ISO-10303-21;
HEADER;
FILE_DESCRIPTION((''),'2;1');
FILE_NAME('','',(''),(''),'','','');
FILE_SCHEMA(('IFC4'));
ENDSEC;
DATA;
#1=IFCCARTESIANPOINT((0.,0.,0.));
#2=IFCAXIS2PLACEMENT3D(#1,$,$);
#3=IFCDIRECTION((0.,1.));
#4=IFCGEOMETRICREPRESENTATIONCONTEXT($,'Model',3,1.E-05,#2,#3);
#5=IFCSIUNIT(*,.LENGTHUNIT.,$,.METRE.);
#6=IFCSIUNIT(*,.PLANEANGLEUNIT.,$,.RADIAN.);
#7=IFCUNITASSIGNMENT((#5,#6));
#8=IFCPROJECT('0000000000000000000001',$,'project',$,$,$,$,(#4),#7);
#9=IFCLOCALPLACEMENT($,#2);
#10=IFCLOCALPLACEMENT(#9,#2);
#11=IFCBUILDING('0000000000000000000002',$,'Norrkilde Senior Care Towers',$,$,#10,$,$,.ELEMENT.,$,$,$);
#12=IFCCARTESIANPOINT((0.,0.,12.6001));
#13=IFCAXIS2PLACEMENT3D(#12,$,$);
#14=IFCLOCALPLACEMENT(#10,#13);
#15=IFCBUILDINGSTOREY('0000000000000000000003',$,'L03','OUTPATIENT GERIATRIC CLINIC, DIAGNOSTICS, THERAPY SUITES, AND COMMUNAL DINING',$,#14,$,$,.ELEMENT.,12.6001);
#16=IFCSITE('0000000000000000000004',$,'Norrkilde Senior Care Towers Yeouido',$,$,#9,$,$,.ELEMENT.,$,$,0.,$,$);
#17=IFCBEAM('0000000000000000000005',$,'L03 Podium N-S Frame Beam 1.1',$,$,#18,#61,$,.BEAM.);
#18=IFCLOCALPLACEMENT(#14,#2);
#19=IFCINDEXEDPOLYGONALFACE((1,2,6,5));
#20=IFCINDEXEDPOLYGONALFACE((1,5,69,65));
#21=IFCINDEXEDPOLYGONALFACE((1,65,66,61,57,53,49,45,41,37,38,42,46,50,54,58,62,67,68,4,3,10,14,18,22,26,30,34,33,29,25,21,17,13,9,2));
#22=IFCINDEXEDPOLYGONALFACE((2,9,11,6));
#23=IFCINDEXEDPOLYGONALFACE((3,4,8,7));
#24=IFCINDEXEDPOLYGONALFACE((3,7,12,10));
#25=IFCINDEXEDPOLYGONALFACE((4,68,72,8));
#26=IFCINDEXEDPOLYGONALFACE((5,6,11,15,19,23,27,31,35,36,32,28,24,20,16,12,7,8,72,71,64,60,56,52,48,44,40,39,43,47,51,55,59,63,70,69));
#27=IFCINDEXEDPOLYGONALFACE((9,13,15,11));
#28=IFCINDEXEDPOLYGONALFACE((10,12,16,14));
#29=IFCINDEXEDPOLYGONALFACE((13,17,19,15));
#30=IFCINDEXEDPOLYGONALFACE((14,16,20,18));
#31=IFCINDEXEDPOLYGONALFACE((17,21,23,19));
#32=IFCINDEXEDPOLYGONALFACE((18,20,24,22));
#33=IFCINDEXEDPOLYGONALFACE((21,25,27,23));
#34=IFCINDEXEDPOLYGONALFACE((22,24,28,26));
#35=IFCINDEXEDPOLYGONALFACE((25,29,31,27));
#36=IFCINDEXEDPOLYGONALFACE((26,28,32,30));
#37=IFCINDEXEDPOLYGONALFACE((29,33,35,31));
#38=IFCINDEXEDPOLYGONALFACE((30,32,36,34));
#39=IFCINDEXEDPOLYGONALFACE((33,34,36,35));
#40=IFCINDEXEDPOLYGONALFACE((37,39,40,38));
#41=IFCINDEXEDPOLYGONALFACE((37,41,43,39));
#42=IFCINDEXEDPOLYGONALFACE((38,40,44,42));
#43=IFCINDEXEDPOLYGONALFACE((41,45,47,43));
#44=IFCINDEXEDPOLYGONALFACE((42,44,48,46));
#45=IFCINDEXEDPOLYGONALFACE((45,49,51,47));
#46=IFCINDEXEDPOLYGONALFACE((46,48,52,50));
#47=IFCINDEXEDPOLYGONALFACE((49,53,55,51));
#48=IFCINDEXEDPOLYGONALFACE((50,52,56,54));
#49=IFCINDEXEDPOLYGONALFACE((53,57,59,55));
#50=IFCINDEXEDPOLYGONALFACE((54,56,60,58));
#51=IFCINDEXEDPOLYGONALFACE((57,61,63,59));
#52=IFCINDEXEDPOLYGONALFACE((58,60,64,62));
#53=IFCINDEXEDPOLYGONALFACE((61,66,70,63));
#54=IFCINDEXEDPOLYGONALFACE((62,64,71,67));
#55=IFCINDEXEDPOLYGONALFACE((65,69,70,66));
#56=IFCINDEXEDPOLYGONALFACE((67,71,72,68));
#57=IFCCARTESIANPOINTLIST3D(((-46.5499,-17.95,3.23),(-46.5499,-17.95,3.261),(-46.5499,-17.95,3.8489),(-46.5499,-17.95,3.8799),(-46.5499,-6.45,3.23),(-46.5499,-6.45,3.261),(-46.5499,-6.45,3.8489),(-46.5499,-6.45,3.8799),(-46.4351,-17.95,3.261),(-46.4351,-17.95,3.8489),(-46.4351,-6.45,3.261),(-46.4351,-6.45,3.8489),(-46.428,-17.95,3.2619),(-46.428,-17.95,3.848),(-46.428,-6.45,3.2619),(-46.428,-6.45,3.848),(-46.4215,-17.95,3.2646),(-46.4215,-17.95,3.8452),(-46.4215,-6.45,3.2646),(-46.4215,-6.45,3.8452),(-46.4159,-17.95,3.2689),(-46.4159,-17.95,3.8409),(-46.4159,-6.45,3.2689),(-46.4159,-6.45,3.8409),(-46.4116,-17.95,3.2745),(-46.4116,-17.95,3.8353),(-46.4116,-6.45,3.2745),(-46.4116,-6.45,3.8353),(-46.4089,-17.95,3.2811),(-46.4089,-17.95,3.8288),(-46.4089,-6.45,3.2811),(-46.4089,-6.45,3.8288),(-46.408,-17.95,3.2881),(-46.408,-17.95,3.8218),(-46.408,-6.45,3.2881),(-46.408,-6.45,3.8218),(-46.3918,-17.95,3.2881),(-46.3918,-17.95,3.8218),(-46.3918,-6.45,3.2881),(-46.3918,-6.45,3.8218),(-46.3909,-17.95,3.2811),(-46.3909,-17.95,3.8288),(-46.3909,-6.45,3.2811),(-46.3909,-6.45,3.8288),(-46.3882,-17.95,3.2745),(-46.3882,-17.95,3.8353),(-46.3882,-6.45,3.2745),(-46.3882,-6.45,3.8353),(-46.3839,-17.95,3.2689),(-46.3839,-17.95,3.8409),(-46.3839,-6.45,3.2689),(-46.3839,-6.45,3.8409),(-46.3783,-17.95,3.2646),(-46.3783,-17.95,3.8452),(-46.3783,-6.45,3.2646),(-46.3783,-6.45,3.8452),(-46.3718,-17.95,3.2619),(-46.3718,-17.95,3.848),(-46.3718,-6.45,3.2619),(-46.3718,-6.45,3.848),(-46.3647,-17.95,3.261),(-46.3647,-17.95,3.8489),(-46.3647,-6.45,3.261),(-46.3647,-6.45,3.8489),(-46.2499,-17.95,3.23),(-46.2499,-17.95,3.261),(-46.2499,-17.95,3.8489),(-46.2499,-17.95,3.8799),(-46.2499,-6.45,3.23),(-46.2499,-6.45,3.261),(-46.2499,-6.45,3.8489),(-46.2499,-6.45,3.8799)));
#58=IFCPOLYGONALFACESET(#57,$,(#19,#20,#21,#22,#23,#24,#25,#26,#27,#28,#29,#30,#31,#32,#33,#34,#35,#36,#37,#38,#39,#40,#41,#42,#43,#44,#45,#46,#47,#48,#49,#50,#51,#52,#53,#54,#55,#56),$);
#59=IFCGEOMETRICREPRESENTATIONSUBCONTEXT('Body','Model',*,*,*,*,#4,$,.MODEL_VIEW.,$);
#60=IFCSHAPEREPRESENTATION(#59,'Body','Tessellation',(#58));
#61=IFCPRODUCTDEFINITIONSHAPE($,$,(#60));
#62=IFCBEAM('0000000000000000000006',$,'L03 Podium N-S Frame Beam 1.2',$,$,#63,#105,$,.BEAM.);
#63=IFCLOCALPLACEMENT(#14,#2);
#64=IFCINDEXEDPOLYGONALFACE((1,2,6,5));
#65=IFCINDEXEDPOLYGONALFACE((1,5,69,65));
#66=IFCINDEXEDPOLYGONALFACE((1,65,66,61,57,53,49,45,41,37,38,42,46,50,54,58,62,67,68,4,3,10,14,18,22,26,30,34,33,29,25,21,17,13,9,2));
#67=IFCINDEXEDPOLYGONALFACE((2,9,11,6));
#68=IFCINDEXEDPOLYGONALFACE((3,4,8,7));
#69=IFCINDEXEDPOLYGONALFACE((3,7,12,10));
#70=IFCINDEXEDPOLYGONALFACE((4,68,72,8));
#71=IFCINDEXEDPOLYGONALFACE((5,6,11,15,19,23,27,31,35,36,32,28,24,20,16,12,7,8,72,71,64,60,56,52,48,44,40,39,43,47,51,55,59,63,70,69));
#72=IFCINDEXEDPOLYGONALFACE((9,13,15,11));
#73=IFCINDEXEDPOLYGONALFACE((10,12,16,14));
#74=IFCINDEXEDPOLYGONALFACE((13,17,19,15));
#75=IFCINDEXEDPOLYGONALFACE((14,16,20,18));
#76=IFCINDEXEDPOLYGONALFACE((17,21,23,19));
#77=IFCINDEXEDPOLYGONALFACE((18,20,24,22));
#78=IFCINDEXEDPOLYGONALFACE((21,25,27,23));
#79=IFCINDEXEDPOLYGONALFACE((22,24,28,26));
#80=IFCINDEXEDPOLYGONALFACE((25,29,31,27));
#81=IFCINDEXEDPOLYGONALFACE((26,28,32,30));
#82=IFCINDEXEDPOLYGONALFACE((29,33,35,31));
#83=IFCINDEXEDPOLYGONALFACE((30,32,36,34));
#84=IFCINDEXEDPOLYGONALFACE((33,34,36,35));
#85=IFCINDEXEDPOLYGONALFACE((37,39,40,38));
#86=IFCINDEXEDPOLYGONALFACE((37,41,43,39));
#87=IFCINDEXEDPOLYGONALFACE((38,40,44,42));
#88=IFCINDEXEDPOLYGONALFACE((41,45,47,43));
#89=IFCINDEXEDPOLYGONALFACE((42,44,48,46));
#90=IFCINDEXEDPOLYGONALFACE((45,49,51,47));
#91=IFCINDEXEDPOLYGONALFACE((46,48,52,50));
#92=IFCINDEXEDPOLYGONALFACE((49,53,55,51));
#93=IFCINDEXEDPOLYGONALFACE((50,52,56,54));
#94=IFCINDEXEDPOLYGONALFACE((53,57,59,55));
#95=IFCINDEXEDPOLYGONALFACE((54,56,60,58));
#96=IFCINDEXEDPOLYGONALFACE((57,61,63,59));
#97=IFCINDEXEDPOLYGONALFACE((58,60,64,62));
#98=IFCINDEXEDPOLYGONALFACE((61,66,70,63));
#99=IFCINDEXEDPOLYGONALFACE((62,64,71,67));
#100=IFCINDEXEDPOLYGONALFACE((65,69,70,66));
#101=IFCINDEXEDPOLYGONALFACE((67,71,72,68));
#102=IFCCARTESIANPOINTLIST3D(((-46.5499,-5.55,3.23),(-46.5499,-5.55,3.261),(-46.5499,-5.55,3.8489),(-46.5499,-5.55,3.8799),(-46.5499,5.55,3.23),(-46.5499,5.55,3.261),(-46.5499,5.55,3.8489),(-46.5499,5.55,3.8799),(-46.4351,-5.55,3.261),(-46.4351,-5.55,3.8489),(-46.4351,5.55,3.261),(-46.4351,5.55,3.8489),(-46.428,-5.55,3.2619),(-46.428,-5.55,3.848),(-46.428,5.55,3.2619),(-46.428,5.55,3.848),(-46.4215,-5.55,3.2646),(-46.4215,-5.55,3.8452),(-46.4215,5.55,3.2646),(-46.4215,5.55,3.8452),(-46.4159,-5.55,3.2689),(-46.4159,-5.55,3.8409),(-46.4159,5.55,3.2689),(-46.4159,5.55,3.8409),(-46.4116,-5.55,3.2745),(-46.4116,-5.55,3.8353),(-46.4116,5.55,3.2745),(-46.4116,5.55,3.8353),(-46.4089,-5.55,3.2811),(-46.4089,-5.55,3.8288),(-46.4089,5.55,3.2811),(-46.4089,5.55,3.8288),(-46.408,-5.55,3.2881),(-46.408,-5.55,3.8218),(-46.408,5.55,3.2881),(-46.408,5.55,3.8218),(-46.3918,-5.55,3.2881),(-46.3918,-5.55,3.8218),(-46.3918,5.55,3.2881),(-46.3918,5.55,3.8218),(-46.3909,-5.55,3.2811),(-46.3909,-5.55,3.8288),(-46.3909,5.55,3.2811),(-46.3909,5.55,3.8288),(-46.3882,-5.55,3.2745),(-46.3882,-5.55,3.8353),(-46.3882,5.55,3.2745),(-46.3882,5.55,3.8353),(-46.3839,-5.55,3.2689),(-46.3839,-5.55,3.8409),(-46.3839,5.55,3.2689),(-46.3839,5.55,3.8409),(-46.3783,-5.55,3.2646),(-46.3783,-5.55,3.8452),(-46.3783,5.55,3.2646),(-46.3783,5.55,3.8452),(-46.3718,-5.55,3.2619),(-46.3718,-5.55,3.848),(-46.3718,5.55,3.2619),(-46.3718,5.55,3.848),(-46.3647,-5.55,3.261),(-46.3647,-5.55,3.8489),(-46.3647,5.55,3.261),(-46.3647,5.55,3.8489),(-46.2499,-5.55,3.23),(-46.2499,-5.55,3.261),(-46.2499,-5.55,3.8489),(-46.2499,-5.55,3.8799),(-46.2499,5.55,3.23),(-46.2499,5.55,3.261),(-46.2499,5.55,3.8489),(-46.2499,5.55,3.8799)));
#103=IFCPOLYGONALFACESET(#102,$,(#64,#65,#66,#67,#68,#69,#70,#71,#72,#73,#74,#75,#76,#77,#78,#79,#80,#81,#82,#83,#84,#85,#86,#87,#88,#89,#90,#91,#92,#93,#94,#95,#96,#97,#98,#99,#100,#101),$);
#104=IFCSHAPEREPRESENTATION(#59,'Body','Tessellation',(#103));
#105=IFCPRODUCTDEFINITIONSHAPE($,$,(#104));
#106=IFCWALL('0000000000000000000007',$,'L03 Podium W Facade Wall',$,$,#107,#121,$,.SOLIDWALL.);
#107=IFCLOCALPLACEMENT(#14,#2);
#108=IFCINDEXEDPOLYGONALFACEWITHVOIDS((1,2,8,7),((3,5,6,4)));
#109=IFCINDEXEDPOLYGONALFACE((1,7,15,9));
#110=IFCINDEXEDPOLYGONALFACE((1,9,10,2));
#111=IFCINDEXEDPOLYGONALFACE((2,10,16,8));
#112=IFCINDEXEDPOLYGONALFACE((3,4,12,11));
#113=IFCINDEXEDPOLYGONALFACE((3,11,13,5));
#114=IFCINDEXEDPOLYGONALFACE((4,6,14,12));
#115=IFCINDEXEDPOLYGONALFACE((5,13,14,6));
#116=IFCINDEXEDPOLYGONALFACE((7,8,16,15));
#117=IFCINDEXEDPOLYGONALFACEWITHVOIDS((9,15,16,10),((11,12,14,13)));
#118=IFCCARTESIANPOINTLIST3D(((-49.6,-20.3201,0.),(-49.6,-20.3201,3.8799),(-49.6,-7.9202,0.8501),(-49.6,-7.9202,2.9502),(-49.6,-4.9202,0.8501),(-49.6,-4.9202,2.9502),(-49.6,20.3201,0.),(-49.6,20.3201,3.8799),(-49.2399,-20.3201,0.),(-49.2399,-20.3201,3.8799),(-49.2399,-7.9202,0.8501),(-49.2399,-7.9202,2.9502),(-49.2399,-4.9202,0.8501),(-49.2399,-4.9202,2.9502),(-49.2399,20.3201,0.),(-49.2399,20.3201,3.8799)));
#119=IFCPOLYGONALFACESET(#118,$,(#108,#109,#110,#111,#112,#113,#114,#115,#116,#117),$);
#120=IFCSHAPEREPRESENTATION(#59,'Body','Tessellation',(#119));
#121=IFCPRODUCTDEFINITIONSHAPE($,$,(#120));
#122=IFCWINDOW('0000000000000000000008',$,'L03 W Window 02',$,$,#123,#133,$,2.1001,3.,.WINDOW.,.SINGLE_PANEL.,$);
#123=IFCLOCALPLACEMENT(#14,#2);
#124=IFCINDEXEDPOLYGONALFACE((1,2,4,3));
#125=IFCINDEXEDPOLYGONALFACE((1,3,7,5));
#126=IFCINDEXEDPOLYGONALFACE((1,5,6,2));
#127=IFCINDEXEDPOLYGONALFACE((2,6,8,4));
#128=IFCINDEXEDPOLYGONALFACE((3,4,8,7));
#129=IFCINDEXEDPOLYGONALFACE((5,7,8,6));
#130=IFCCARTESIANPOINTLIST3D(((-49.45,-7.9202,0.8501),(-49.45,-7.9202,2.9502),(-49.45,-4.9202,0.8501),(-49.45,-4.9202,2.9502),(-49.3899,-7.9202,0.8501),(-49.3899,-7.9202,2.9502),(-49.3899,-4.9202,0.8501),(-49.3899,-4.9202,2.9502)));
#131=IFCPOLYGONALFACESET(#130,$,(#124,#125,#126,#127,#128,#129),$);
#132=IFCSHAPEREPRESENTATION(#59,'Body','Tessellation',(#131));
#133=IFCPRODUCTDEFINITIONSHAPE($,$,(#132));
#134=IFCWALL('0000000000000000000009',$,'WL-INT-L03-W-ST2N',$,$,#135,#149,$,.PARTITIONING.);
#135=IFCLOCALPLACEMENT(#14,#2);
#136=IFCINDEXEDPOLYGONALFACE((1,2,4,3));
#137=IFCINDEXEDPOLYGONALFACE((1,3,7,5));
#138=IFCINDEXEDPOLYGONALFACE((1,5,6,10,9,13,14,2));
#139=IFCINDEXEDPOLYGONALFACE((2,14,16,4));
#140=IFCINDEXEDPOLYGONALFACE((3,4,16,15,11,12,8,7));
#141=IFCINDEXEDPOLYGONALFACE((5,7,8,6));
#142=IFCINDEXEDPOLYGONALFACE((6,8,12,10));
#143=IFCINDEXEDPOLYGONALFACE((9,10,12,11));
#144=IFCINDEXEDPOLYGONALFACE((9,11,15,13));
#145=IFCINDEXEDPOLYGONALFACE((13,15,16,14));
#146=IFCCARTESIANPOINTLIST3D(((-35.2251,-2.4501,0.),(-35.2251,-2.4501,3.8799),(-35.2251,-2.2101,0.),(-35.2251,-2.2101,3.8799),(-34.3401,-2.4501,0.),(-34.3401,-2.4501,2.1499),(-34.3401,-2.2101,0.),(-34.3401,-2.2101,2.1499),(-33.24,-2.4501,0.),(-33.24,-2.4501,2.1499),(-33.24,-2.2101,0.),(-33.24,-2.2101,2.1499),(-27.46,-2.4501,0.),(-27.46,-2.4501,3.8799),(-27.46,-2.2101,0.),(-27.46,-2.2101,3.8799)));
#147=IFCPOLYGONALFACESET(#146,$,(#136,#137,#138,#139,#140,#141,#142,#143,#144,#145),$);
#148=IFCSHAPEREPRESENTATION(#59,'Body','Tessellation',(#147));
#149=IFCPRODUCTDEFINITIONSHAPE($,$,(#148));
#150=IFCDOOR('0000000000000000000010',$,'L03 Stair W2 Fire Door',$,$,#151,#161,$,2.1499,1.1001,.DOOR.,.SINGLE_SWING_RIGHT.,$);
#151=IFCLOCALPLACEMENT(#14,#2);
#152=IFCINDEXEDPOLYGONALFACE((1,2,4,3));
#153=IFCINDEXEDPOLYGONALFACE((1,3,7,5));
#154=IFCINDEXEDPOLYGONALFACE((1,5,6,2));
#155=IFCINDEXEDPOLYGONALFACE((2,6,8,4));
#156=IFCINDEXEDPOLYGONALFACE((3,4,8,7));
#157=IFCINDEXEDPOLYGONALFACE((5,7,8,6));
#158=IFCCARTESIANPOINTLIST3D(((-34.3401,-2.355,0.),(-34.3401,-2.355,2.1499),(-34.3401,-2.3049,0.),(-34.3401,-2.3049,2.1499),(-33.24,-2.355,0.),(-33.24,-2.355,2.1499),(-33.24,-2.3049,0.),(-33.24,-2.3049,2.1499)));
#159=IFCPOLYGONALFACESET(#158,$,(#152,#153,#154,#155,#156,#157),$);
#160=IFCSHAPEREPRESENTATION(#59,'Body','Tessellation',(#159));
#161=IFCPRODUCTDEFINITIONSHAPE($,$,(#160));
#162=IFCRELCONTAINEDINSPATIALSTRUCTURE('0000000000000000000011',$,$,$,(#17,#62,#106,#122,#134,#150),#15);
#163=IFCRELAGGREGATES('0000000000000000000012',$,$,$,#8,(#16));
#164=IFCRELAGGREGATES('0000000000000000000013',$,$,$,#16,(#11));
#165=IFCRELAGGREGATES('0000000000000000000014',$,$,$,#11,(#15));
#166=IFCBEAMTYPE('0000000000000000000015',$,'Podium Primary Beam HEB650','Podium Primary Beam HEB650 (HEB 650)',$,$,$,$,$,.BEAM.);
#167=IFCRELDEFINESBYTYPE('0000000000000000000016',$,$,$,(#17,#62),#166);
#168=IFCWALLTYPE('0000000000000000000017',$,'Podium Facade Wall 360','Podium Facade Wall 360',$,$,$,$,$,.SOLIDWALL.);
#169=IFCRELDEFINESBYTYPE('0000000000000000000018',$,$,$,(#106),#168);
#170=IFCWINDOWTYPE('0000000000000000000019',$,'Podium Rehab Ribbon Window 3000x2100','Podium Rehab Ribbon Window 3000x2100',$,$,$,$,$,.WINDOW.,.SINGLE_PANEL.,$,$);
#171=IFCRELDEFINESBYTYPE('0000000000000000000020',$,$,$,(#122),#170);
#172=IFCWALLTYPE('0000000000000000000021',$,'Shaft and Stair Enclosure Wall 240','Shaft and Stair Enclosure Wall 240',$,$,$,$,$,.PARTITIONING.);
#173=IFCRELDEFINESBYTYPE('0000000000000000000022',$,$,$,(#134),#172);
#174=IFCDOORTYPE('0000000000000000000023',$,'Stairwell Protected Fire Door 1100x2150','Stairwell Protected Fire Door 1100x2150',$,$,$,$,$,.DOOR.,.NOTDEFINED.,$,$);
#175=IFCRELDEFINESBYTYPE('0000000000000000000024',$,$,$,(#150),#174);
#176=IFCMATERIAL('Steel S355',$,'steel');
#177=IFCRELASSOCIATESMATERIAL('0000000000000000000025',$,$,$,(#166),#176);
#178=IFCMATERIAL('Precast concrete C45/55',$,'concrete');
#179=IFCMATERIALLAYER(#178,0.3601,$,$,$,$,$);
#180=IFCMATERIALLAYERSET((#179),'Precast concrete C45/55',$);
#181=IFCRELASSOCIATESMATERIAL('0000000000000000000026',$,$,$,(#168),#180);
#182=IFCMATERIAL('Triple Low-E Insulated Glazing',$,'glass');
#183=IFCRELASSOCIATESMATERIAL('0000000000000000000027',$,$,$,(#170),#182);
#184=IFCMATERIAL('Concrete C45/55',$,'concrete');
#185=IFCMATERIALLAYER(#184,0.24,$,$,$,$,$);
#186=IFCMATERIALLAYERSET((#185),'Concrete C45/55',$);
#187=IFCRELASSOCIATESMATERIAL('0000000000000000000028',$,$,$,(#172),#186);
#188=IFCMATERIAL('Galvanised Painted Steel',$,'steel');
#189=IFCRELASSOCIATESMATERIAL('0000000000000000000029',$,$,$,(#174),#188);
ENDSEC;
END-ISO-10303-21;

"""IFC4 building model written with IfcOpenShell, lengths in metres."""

from ifc_helpers import new_model, si_unit, direction, frame, frame_2d, origin, origin_2d, place, context, subcontext, project, spatial, rectangle, i_section, extrude, source, transform, mapped, material, layer, layer_set, material_profile, profile_set, type_object, type_shapes, element, fill, save


model = new_model("IFC4")

# Units and contexts
model_context = context("Model", 3, precision=1e-05, world=origin(), true_north=direction((0.0, 1.0)))
body_context = subcontext(model_context, "Body", "Model", "MODEL_VIEW")
ifc_project = project(units=[si_unit("LENGTHUNIT", "METRE"), si_unit("PLANEANGLEUNIT", "RADIAN")], contexts=[model_context])

# Site, building, storey
site_placement = place(None, origin())
site = spatial("IfcSite", under=ifc_project, at=site_placement, Name="Norrkilde Senior Care Towers Yeouido", CompositionType="ELEMENT", RefElevation=0.0)
building_placement = place(site_placement, origin())
building = spatial("IfcBuilding", under=site, at=building_placement, Name="Norrkilde Senior Care Towers", CompositionType="ELEMENT")
storey_placement = place(building_placement, frame((0.0, 0.0, 12.6001)))
storey = spatial("IfcBuildingStorey", under=building, at=storey_placement, Name="L03", Description="OUTPATIENT GERIATRIC CLINIC, DIAGNOSTICS, THERAPY SUITES, AND COMMUNAL DINING", CompositionType="ELEMENT", Elevation=12.6001)

# Beams
ifc_material_1 = material(Name="Steel S355", Category="steel")
ifc_material_profile_1 = material_profile(ifc_material_1, i_section(OverallWidth=0.3, OverallDepth=0.6499, WebThickness=0.0161, FlangeThickness=0.031, FilletRadius=0.0271, at=origin_2d()), Name="HEB 650")
ifc_profile_set_1 = profile_set([ifc_material_profile_1], Name="Steel S355")
beam_type_1 = type_object("IfcBeamType", Name="Podium Primary Beam HEB650", Description="Podium Primary Beam HEB650 (HEB 650)", PredefinedType="BEAM", material=ifc_profile_set_1)
shared_shape_1 = source(origin(), body_context, "Body", "SweptSolid", [
    extrude(i_section(OverallWidth=0.3, OverallDepth=0.6499, WebThickness=0.0161, FlangeThickness=0.031, FilletRadius=0.0271, at=origin_2d()), origin(), (0.0, 0.0, 1.0), 11.5),
])
beam_1_placement = place(storey_placement, frame((-46.3999, -17.95, 3.5549), z_axis=(0.0, 1.0, 0.0), x_axis=(-1.0, 0.0, 0.0)))
element("IfcBeam", 1, at=beam_1_placement, inside=storey, type_object=beam_type_1, Name="L03 Podium N-S Frame Beam 1.1", PredefinedType="BEAM", context=body_context, shape_type="MappedRepresentation", body=[
    mapped(shared_shape_1, transform((0.0, 0.0, 0.0), x_axis=(1.0, 0.0, 0.0), y_axis=(0.0, 1.0, 0.0), z_axis=(0.0, 0.0, 1.0), scale=1.0)),
])
shared_shape_2 = source(origin(), body_context, "Body", "SweptSolid", [
    extrude(i_section(OverallWidth=0.3, OverallDepth=0.6499, WebThickness=0.0161, FlangeThickness=0.031, FilletRadius=0.0271, at=origin_2d()), origin(), (0.0, 0.0, 1.0), 11.1001),
])
beam_2_placement = place(storey_placement, frame((-46.3999, -5.55, 3.5549), z_axis=(0.0, 1.0, 0.0), x_axis=(-1.0, 0.0, 0.0)))
element("IfcBeam", 2, at=beam_2_placement, inside=storey, type_object=beam_type_1, Name="L03 Podium N-S Frame Beam 1.2", PredefinedType="BEAM", context=body_context, shape_type="MappedRepresentation", body=[
    mapped(shared_shape_2, transform((0.0, 0.0, 0.0), x_axis=(1.0, 0.0, 0.0), y_axis=(0.0, 1.0, 0.0), z_axis=(0.0, 0.0, 1.0), scale=1.0)),
])

# Shared definitions
ifc_material_2 = material(Name="Galvanised Painted Steel", Category="steel")

# Wall, opening, window
ifc_material_3 = material(Name="Precast concrete C45/55", Category="concrete")
ifc_layer_1 = layer(ifc_material_3, 0.3601)
ifc_layer_set_1 = layer_set([ifc_layer_1], Name="Precast concrete C45/55")
wall_type_1 = type_object("IfcWallType", Name="Podium Facade Wall 360", Description="Podium Facade Wall 360", PredefinedType="SOLIDWALL", material=ifc_layer_set_1)
shared_shape_3 = source(origin(), body_context, "Body", "SweptSolid", [
    extrude(rectangle(XDim=40.6401, YDim=0.3601, at=frame_2d((20.3201, 0.0))), origin(), (0.0, 0.0, 1.0), 3.8799),
])
type_shapes(wall_type_1, [shared_shape_3])
wall_1_placement = place(storey_placement, frame((-49.4199, -20.3201, 0.0), z_axis=(0.0, 0.0, 1.0), x_axis=(0.0, 1.0, 0.0)))
wall_1 = element("IfcWall", 3, at=wall_1_placement, inside=storey, type_object=wall_type_1, Name="L03 Podium W Facade Wall", PredefinedType="SOLIDWALL", context=body_context, shape_type="MappedRepresentation", body=[
    mapped(shared_shape_3, transform((0.0, 0.0, 0.0), x_axis=(1.0, 0.0, 0.0), y_axis=(0.0, 1.0, 0.0), z_axis=(0.0, 0.0, 1.0), scale=1.0)),
])
opening_1_placement = place(wall_1_placement, frame((12.3999, 0.0, 0.8501)))
opening_1 = element("IfcOpeningElement", 4, at=opening_1_placement, cuts=wall_1, PredefinedType="OPENING", context=body_context, shape_type="SweptSolid", body=[
    extrude(rectangle(XDim=3.0, YDim=2.1001, at=frame_2d((1.5, 1.05))), frame((0.0, 0.1899, 0.0), z_axis=(0.0, -1.0, 0.0), x_axis=(1.0, 0.0, 0.0)), (0.0, 0.0, 1.0), 0.3801),
])
ifc_material_4 = material(Name="Triple Low-E Insulated Glazing", Category="glass")
window_type = type_object("IfcWindowType", Name="Podium Rehab Ribbon Window 3000x2100", Description="Podium Rehab Ribbon Window 3000x2100", PartitioningType="SINGLE_PANEL", PredefinedType="WINDOW", material=ifc_material_4)
shared_shape_4 = source(origin(), body_context, "Body", "SweptSolid", [
    extrude(rectangle(XDim=3.0, YDim=2.1001, at=frame_2d((1.5, 1.05))), frame((0.0, 0.03, 0.0), z_axis=(0.0, -1.0, 0.0), x_axis=(1.0, 0.0, 0.0)), (0.0, 0.0, 1.0), 0.0601),
])
type_shapes(window_type, [shared_shape_4])
window_placement = place(opening_1_placement, origin())
window = element("IfcWindow", 5, at=window_placement, inside=storey, type_object=window_type, Name="L03 W Window 02", OverallHeight=2.1001, OverallWidth=3.0, PartitioningType="SINGLE_PANEL", PredefinedType="WINDOW", context=body_context, shape_type="MappedRepresentation", body=[
    mapped(shared_shape_4, transform((0.0, 0.0, 0.0), x_axis=(1.0, 0.0, 0.0), y_axis=(0.0, 1.0, 0.0), z_axis=(0.0, 0.0, 1.0), scale=1.0)),
])
fill(opening_1, window)

# Wall, opening, door
ifc_material_5 = material(Name="Concrete C45/55", Category="concrete")
ifc_layer_2 = layer(ifc_material_5, 0.24)
ifc_layer_set_2 = layer_set([ifc_layer_2], Name="Concrete C45/55")
wall_type_2 = type_object("IfcWallType", Name="Shaft and Stair Enclosure Wall 240", Description="Shaft and Stair Enclosure Wall 240", PredefinedType="PARTITIONING", material=ifc_layer_set_2)
shared_shape_5 = source(origin(), body_context, "Body", "SweptSolid", [
    extrude(rectangle(XDim=7.7651, YDim=0.24, at=frame_2d((3.8826, 0.0))), origin(), (0.0, 0.0, 1.0), 3.8799),
])
wall_2_placement = place(storey_placement, frame((-35.2251, -2.3301, 0.0), z_axis=(0.0, 0.0, 1.0), x_axis=(1.0, 0.0, 0.0)))
wall_2 = element("IfcWall", 6, at=wall_2_placement, inside=storey, type_object=wall_type_2, Name="WL-INT-L03-W-ST2N", PredefinedType="PARTITIONING", context=body_context, shape_type="MappedRepresentation", body=[
    mapped(shared_shape_5, transform((0.0, 0.0, 0.0), x_axis=(1.0, 0.0, 0.0), y_axis=(0.0, 1.0, 0.0), z_axis=(0.0, 0.0, 1.0), scale=1.0)),
])
opening_2_placement = place(wall_2_placement, frame((0.885, 0.0, 0.0)))
opening_2 = element("IfcOpeningElement", 7, at=opening_2_placement, cuts=wall_2, PredefinedType="OPENING", context=body_context, shape_type="SweptSolid", body=[
    extrude(rectangle(XDim=1.1001, YDim=2.1499, at=frame_2d((0.55, 1.075))), frame((0.0, 0.1299, 0.0), z_axis=(0.0, -1.0, 0.0), x_axis=(1.0, 0.0, 0.0)), (0.0, 0.0, 1.0), 0.26),
])
door_type_1 = type_object("IfcDoorType", Name="Stairwell Protected Fire Door 1100x2150", Description="Stairwell Protected Fire Door 1100x2150", OperationType="NOTDEFINED", PredefinedType="DOOR", material=ifc_material_2)
shared_shape_6 = source(origin(), body_context, "Body", "SweptSolid", [
    extrude(rectangle(XDim=1.1001, YDim=2.1499, at=frame_2d((0.55, 1.075))), frame((0.0, 0.0249, 0.0), z_axis=(0.0, -1.0, 0.0), x_axis=(1.0, 0.0, 0.0)), (0.0, 0.0, 1.0), 0.05),
])
type_shapes(door_type_1, [shared_shape_6])
door_1_placement = place(opening_2_placement, frame((1.1001, 0.0, 0.0), z_axis=(0.0, 0.0, 1.0), x_axis=(-1.0, 0.0, 0.0)))
door_1 = element("IfcDoor", 8, at=door_1_placement, inside=storey, type_object=door_type_1, Name="L03 Stair W2 Fire Door", OperationType="SINGLE_SWING_RIGHT", OverallHeight=2.1499, OverallWidth=1.1001, PredefinedType="DOOR", context=body_context, shape_type="MappedRepresentation", body=[
    mapped(shared_shape_6, transform((0.0, 0.0, 0.0), x_axis=(1.0, 0.0, 0.0), y_axis=(0.0, 1.0, 0.0), z_axis=(0.0, 0.0, 1.0), scale=1.0)),
])
fill(opening_2, door_1)

save(model, "model.ifc")
